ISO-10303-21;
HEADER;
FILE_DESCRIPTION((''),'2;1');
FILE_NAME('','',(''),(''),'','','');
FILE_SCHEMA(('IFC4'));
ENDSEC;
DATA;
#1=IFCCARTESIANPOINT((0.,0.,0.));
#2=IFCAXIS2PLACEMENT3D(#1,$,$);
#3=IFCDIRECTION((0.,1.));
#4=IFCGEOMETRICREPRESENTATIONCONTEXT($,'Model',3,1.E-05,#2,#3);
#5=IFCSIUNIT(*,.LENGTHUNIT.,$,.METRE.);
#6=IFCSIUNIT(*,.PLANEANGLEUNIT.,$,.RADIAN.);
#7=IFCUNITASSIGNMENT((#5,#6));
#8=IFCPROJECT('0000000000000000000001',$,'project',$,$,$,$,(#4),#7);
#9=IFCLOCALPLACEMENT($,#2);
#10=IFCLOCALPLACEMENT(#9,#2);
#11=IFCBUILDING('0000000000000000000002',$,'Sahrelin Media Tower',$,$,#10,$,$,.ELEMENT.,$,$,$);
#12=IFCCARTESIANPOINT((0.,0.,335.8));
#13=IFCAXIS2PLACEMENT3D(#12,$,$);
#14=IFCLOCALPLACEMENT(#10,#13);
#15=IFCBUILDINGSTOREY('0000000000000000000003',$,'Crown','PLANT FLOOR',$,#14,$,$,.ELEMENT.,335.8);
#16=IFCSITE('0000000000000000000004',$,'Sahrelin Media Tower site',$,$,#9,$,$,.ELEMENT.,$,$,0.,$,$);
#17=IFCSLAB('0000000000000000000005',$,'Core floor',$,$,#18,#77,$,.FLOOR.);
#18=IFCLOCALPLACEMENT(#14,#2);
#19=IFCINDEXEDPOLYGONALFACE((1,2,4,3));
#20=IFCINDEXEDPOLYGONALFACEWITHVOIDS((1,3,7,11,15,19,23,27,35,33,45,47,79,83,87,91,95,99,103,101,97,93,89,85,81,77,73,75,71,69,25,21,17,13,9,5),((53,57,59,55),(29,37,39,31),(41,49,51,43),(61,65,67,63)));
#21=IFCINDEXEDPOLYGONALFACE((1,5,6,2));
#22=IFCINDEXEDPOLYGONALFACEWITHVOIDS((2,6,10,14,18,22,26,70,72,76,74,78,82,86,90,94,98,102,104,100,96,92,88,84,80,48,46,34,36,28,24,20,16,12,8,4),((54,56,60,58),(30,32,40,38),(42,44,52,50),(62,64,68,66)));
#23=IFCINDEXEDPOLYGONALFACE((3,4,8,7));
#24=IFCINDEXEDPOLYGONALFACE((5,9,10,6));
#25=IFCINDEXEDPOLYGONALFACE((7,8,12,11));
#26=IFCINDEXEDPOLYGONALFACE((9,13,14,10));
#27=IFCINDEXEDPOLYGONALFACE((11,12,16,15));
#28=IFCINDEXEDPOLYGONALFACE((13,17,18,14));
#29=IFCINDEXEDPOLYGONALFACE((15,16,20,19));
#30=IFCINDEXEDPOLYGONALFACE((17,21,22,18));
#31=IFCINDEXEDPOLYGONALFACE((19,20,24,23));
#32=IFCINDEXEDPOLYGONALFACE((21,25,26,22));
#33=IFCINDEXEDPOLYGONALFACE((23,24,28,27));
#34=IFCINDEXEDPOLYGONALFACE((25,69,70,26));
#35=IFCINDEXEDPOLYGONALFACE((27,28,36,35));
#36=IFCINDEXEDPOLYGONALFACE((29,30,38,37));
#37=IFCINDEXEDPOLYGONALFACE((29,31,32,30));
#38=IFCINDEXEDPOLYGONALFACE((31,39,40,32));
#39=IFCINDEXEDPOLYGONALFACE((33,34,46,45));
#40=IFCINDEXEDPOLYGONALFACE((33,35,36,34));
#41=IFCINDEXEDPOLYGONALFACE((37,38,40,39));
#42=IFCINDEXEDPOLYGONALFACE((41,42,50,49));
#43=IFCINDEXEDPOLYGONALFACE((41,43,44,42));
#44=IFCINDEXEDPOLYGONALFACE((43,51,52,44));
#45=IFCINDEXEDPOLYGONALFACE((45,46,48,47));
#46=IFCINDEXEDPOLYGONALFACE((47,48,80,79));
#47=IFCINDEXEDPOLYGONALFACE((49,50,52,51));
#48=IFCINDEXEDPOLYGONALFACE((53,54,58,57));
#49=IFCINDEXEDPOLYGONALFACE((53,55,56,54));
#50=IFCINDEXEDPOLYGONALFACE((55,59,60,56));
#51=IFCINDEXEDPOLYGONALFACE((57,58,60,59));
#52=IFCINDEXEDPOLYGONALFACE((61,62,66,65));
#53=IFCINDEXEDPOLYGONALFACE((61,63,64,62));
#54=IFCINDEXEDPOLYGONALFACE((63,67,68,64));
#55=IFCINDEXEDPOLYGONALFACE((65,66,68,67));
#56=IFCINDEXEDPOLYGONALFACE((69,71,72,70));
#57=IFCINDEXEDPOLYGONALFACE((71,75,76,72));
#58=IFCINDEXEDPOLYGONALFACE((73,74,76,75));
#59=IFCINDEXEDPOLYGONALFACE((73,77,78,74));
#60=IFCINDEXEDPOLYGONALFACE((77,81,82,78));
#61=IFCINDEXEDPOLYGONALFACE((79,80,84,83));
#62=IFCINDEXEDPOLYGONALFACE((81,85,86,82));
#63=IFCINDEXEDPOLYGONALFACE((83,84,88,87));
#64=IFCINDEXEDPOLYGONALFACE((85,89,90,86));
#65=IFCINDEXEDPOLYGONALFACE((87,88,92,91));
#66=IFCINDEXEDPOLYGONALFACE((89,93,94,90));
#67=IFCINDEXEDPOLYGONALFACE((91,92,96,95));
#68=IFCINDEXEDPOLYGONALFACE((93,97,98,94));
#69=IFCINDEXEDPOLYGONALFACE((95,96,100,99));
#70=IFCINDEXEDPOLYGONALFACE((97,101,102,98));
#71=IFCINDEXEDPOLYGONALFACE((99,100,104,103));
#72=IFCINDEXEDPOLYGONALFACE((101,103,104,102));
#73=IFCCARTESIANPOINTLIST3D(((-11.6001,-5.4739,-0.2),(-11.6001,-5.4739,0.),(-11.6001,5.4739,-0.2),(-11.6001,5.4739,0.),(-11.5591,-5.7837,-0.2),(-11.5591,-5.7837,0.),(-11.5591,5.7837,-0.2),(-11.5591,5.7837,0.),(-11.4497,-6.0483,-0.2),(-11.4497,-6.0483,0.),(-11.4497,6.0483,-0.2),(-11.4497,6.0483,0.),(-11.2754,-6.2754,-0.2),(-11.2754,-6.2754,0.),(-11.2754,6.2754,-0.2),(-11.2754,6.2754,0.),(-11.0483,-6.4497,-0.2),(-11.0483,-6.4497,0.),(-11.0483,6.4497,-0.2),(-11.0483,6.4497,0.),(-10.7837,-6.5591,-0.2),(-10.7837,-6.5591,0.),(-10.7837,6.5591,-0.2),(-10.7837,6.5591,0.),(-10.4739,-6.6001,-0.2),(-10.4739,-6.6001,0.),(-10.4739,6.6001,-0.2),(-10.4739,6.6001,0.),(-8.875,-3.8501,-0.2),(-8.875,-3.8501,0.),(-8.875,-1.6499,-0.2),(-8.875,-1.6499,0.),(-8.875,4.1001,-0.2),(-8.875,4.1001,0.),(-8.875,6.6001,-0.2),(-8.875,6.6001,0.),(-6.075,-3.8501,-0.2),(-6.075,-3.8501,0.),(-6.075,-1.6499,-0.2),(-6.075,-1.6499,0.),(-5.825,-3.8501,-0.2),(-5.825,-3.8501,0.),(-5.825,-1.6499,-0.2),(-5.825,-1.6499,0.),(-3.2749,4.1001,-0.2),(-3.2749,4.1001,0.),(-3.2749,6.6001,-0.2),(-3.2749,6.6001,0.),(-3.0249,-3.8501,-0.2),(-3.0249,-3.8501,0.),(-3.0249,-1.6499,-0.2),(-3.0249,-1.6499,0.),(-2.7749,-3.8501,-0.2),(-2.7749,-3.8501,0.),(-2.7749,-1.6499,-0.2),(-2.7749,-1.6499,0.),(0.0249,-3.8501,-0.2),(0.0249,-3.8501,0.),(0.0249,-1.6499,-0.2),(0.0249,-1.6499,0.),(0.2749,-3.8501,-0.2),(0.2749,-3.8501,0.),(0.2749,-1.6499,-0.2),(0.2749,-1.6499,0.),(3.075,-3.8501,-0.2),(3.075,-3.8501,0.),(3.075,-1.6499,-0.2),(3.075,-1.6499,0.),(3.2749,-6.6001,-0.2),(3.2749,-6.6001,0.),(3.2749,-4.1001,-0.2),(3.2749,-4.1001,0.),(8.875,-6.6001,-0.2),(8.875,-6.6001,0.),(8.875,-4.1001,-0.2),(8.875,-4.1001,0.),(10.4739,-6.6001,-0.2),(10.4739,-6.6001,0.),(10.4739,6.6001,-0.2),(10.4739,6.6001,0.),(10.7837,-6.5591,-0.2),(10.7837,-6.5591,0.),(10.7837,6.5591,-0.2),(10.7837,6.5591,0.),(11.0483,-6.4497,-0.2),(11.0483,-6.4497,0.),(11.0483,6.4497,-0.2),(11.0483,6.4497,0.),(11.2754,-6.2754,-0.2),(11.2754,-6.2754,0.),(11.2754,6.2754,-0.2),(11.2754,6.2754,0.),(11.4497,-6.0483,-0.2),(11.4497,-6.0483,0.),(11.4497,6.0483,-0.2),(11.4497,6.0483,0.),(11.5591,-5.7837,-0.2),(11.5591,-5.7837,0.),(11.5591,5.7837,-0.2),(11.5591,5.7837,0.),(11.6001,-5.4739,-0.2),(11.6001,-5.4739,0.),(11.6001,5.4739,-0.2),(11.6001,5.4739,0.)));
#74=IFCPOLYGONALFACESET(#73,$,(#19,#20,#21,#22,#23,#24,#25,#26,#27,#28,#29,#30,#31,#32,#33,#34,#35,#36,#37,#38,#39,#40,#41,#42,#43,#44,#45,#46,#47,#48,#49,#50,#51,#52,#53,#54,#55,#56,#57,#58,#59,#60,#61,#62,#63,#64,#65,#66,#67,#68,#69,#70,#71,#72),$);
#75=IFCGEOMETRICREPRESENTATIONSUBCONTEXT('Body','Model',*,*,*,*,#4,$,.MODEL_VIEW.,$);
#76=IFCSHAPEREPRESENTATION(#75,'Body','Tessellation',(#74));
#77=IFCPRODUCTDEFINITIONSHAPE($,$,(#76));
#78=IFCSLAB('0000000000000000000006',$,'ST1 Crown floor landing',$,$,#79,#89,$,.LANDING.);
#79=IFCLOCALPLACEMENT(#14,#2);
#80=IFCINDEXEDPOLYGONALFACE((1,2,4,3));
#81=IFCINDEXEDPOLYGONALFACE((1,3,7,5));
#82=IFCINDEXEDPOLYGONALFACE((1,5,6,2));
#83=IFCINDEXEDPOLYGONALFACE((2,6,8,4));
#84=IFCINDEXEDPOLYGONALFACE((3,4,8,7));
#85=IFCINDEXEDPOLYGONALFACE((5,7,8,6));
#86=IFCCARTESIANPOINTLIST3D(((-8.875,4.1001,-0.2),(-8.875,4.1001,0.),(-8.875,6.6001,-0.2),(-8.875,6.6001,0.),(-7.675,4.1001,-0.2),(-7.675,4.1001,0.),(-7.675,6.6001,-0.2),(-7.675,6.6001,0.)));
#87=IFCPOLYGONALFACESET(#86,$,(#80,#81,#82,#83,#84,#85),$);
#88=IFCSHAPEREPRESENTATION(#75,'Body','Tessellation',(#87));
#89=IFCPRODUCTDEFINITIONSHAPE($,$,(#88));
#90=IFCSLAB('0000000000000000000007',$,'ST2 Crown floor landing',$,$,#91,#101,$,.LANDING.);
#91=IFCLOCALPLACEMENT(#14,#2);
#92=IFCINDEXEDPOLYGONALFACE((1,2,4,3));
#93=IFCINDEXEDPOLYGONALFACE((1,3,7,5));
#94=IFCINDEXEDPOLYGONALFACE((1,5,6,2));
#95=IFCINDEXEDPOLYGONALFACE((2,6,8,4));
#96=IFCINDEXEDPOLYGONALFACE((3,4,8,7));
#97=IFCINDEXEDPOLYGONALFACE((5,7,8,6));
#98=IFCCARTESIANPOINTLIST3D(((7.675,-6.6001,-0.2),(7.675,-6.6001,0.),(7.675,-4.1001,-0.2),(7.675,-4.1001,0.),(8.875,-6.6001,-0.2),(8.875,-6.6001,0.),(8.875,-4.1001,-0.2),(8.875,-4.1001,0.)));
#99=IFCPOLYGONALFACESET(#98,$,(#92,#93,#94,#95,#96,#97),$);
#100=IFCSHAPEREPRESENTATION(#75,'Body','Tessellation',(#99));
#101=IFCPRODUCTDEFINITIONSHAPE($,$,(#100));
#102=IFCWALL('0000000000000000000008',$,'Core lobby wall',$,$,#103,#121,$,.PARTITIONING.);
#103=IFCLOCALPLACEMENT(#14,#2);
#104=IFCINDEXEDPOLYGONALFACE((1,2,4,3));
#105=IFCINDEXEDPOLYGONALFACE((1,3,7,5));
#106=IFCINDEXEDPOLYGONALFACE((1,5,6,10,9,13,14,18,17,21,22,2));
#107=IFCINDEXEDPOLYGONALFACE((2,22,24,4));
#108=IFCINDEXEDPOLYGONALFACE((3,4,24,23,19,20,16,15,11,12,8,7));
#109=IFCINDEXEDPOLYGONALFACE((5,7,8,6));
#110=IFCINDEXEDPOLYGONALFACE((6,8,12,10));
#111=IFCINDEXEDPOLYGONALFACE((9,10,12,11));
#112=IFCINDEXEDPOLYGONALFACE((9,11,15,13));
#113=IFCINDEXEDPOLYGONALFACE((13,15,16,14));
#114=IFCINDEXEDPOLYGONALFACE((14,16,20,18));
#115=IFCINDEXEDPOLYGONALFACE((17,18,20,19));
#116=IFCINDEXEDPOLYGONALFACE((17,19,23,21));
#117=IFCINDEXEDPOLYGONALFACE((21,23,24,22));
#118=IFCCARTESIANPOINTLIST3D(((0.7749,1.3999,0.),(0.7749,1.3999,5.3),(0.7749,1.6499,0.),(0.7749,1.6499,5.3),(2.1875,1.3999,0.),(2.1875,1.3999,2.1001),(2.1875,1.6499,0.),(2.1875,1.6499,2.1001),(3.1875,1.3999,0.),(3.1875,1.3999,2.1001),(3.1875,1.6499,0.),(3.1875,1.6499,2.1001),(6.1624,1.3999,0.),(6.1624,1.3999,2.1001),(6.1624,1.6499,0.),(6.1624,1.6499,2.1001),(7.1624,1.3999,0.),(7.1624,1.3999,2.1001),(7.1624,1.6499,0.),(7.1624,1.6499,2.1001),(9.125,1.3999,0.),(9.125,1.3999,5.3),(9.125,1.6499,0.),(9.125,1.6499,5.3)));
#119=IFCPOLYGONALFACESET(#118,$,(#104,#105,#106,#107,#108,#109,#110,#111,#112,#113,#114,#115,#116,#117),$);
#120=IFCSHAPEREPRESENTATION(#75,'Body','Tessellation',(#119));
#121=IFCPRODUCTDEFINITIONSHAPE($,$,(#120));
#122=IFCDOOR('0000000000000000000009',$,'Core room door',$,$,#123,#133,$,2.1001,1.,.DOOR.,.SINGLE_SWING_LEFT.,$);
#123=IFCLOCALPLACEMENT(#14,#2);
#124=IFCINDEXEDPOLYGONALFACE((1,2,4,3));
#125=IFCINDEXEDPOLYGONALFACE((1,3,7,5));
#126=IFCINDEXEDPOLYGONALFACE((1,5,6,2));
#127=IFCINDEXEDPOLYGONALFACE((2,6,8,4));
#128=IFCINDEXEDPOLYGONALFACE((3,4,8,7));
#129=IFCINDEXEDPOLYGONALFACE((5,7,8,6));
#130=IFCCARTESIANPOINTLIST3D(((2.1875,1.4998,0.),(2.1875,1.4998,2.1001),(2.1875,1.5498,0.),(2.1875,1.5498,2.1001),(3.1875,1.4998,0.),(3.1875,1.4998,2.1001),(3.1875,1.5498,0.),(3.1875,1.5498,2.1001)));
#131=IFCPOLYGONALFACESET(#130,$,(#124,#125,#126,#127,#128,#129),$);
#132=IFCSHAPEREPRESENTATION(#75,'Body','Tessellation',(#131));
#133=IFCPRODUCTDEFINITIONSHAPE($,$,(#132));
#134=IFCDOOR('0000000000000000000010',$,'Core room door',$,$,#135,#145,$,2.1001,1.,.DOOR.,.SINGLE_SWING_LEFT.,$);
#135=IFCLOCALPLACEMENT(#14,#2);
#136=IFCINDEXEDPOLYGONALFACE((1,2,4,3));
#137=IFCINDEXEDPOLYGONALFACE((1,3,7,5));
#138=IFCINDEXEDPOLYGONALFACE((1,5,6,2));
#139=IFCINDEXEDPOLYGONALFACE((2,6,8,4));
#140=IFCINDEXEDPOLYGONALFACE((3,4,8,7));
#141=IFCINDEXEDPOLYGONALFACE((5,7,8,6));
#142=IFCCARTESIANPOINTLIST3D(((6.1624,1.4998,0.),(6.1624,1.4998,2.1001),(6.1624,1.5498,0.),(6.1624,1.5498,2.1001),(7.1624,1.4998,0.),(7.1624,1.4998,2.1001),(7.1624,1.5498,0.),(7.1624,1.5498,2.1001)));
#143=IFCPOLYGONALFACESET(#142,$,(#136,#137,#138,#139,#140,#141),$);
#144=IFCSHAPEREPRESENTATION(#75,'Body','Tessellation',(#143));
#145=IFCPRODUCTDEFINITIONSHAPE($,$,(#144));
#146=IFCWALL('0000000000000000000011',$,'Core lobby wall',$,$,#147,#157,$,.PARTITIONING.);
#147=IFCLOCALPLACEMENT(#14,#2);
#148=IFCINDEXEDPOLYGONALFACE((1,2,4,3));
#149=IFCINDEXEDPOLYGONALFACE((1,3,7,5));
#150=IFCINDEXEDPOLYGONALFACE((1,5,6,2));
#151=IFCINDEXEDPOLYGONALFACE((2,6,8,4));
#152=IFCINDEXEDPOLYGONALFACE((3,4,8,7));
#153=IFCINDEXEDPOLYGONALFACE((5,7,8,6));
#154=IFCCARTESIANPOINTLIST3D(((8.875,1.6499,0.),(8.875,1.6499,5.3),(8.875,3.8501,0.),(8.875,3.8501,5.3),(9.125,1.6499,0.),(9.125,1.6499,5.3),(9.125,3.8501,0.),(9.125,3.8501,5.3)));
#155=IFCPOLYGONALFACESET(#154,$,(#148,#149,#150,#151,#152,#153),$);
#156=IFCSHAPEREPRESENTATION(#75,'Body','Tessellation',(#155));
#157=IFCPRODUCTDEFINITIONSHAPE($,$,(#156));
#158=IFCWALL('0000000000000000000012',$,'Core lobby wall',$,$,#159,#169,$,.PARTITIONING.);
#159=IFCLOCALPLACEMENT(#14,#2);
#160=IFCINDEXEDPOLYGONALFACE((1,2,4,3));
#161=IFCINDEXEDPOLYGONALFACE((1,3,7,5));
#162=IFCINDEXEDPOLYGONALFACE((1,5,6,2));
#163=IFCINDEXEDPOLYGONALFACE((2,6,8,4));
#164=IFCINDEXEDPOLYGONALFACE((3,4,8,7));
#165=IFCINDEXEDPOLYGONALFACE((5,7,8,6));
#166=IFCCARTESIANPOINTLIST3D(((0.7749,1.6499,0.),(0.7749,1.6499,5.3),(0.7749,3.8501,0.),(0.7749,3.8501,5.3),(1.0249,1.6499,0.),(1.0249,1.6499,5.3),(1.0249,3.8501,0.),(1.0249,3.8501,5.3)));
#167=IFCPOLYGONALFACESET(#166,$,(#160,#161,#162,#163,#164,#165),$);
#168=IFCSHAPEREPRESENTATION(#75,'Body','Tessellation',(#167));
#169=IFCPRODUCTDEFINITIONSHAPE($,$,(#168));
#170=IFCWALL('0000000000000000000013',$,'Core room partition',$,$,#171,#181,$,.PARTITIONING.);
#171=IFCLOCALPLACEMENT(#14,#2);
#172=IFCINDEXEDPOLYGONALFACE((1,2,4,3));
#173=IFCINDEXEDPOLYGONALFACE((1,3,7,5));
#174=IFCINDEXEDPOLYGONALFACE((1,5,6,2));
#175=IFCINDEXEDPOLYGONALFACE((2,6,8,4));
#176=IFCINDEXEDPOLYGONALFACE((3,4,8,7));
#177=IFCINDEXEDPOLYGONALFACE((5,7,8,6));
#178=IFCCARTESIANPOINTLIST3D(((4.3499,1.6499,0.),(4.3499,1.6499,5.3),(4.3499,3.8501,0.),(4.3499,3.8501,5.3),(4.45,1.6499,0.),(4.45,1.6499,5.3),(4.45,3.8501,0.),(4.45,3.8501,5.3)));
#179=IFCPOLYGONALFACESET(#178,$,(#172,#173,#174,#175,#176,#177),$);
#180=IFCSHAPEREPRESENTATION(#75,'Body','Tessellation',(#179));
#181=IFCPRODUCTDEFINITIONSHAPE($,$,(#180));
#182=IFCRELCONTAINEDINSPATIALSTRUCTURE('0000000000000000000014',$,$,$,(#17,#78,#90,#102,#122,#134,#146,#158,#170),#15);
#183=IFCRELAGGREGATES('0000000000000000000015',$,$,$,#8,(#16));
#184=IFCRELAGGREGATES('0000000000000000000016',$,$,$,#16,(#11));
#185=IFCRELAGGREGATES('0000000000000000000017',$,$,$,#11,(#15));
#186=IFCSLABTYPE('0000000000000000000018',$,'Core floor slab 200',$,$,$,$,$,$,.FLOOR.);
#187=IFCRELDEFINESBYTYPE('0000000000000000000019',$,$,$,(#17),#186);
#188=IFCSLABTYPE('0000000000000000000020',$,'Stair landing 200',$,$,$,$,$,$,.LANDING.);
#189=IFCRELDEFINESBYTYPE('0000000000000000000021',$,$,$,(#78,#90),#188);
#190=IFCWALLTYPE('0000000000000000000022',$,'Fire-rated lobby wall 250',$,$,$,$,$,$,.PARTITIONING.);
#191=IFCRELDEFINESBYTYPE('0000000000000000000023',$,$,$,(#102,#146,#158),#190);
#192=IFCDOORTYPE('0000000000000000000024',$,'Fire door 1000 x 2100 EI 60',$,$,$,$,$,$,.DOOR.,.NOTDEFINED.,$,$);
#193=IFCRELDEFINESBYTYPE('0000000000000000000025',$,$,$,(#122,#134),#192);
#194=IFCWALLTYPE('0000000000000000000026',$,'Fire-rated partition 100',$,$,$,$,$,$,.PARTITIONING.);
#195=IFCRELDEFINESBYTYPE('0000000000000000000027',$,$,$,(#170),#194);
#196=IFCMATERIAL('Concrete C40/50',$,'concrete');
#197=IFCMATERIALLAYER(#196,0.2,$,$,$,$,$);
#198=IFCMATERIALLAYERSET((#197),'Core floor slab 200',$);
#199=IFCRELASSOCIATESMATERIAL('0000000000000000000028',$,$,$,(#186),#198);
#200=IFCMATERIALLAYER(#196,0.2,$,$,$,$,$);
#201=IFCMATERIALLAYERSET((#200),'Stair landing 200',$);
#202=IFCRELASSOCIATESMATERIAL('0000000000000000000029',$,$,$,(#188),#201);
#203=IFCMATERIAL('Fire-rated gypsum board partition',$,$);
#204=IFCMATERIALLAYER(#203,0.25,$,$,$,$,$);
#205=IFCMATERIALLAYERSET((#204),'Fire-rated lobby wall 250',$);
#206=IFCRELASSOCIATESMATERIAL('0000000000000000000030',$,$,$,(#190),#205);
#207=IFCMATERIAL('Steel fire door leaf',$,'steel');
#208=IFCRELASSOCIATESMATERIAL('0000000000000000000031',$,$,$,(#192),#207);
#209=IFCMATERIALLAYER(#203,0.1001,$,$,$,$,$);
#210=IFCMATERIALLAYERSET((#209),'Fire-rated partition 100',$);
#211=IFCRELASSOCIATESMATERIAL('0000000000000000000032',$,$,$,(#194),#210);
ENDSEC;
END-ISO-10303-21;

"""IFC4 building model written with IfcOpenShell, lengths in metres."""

from ifc_helpers import new_model, si_unit, direction, frame, frame_2d, origin, place, context, subcontext, project, spatial, polyline, rectangle, outline, extrude, material, layer, layer_set, type_object, element, fill, save


model = new_model("IFC4")

# Units and contexts
model_context = context("Model", 3, precision=1e-05, world=origin(), true_north=direction((0.0, 1.0)))
body_context = subcontext(model_context, "Body", "Model", "MODEL_VIEW")
ifc_project = project(units=[si_unit("LENGTHUNIT", "METRE"), si_unit("PLANEANGLEUNIT", "RADIAN")], contexts=[model_context])

# Site, building, storey
site_placement = place(None, origin())
site = spatial("IfcSite", under=ifc_project, at=site_placement, Name="Sahrelin Media Tower site", CompositionType="ELEMENT", RefElevation=0.0)
building_placement = place(site_placement, origin())
building = spatial("IfcBuilding", under=site, at=building_placement, Name="Sahrelin Media Tower", CompositionType="ELEMENT")
storey_placement = place(building_placement, frame((0.0, 0.0, 335.8)))
storey = spatial("IfcBuildingStorey", under=building, at=storey_placement, Name="Crown", Description="PLANT FLOOR", CompositionType="ELEMENT", Elevation=335.8)

# Slabs
ifc_material_1 = material(Name="Concrete C40/50", Category="concrete")
ifc_layer_1 = layer(ifc_material_1, 0.2)
ifc_layer_set_1 = layer_set([ifc_layer_1], Name="Core floor slab 200")
slab_type_1 = type_object("IfcSlabType", Name="Core floor slab 200", PredefinedType="FLOOR", material=ifc_layer_set_1)
placement = place(storey_placement, frame((0.0, 0.0, -0.2)))
element("IfcSlab", 1, at=placement, inside=storey, type_object=slab_type_1, Name="Core floor", PredefinedType="FLOOR", context=body_context, shape_type="SweptSolid", body=[
    extrude(outline(polyline([(10.7837, -6.5591), (11.0483, -6.4497), (11.2754, -6.2754), (11.4497, -6.0483), (11.5591, -5.7837), (11.6001, -5.4739), (11.6001, 5.4739), (11.5591, 5.7837), (11.4497, 6.0483), (11.2754, 6.2754), (11.0483, 6.4497), (10.7837, 6.5591), (10.4739, 6.6001), (-3.2749, 6.6001), (-3.2749, 4.1001), (-8.875, 4.1001), (-8.875, 6.6001), (-10.4739, 6.6001), (-10.7837, 6.5591), (-11.0483, 6.4497), (-11.2754, 6.2754), (-11.4497, 6.0483), (-11.5591, 5.7837), (-11.6001, 5.4739), (-11.6001, -5.4739), (-11.5591, -5.7837), (-11.4497, -6.0483), (-11.2754, -6.2754), (-11.0483, -6.4497), (-10.7837, -6.5591), (-10.4739, -6.6001), (3.2749, -6.6001), (3.2749, -4.1001), (8.875, -4.1001), (8.875, -6.6001), (10.4739, -6.6001), (10.7837, -6.5591)]), holes=[polyline([(-8.875, -1.6499), (-8.875, -3.8501), (-6.075, -3.8501), (-6.075, -1.6499), (-8.875, -1.6499)]), polyline([(-3.0249, -1.6499), (-5.825, -1.6499), (-5.825, -3.8501), (-3.0249, -3.8501), (-3.0249, -1.6499)]), polyline([(0.0249, -3.8501), (0.0249, -1.6499), (-2.7749, -1.6499), (-2.7749, -3.8501), (0.0249, -3.8501)]), polyline([(0.2749, -3.8501), (3.075, -3.8501), (3.075, -1.6499), (0.2749, -1.6499), (0.2749, -3.8501)])]), origin(), (0.0, 0.0, 1.0), 0.2),
])
ifc_layer_2 = layer(ifc_material_1, 0.2)
ifc_layer_set_2 = layer_set([ifc_layer_2], Name="Stair landing 200")
slab_type_2 = type_object("IfcSlabType", Name="Stair landing 200", PredefinedType="LANDING", material=ifc_layer_set_2)
element("IfcSlab", 2, at=placement, inside=storey, type_object=slab_type_2, Name="ST1 Crown floor landing", PredefinedType="LANDING", context=body_context, shape_type="SweptSolid", body=[
    extrude(outline(polyline([(-8.875, 4.1001), (-7.675, 4.1001), (-7.675, 6.6001), (-8.875, 6.6001), (-8.875, 4.1001)])), origin(), (0.0, 0.0, 1.0), 0.2),
])
element("IfcSlab", 3, at=placement, inside=storey, type_object=slab_type_2, Name="ST2 Crown floor landing", PredefinedType="LANDING", context=body_context, shape_type="SweptSolid", body=[
    extrude(outline(polyline([(8.875, -4.1001), (7.675, -4.1001), (7.675, -6.6001), (8.875, -6.6001), (8.875, -4.1001)])), origin(), (0.0, 0.0, 1.0), 0.2),
])

# Wall, openings, doors
ifc_material_2 = material(Name="Fire-rated gypsum board partition")
ifc_layer_3 = layer(ifc_material_2, 0.25)
ifc_layer_set_3 = layer_set([ifc_layer_3], Name="Fire-rated lobby wall 250")
wall_type_1 = type_object("IfcWallType", Name="Fire-rated lobby wall 250", PredefinedType="PARTITIONING", material=ifc_layer_set_3)
wall_1_placement = place(storey_placement, frame((0.7749, 1.5249, 0.0), z_axis=(0.0, 0.0, 1.0), x_axis=(1.0, 0.0, 0.0)))
wall_1 = element("IfcWall", 4, at=wall_1_placement, inside=storey, type_object=wall_type_1, Name="Core lobby wall", PredefinedType="PARTITIONING", context=body_context, shape_type="SweptSolid", body=[
    extrude(rectangle(XDim=8.3501, YDim=0.25, at=frame_2d((4.175, 0.0))), origin(), (0.0, 0.0, 1.0), 5.3),
])
opening_1_placement = place(wall_1_placement, frame((1.4126, 0.0, 0.0)))
opening_1 = element("IfcOpeningElement", 5, at=opening_1_placement, cuts=wall_1, PredefinedType="OPENING", context=body_context, shape_type="SweptSolid", body=[
    extrude(rectangle(XDim=1.0, YDim=2.1001, at=frame_2d((0.5, 1.05))), frame((0.0, 0.125, 0.0), z_axis=(0.0, -1.0, 0.0), x_axis=(1.0, 0.0, 0.0)), (0.0, 0.0, 1.0), 0.25),
])
opening_2_placement = place(wall_1_placement, frame((5.3875, 0.0, 0.0)))
opening_2 = element("IfcOpeningElement", 6, at=opening_2_placement, cuts=wall_1, PredefinedType="OPENING", context=body_context, shape_type="SweptSolid", body=[
    extrude(rectangle(XDim=1.0, YDim=2.1001, at=frame_2d((0.5, 1.05))), frame((0.0, 0.125, 0.0), z_axis=(0.0, -1.0, 0.0), x_axis=(1.0, 0.0, 0.0)), (0.0, 0.0, 1.0), 0.25),
])
ifc_material_3 = material(Name="Steel fire door leaf", Category="steel")
door_type_1 = type_object("IfcDoorType", Name="Fire door 1000 x 2100 EI 60", OperationType="NOTDEFINED", PredefinedType="DOOR", material=ifc_material_3)
door_1_placement = place(opening_1_placement, origin())
door_1 = element("IfcDoor", 7, at=door_1_placement, inside=storey, type_object=door_type_1, Name="Core room door", OperationType="SINGLE_SWING_LEFT", OverallHeight=2.1001, OverallWidth=1.0, PredefinedType="DOOR", context=body_context, shape_type="SweptSolid", body=[
    extrude(rectangle(XDim=1.0, YDim=2.1001, at=frame_2d((0.5, 1.05))), frame((0.0, 0.0249, 0.0), z_axis=(0.0, -1.0, 0.0), x_axis=(1.0, 0.0, 0.0)), (0.0, 0.0, 1.0), 0.05),
])
fill(opening_1, door_1)
door_2_placement = place(opening_2_placement, origin())
door_2 = element("IfcDoor", 8, at=door_2_placement, inside=storey, type_object=door_type_1, Name="Core room door", OperationType="SINGLE_SWING_LEFT", OverallHeight=2.1001, OverallWidth=1.0, PredefinedType="DOOR", context=body_context, shape_type="SweptSolid", body=[
    extrude(rectangle(XDim=1.0, YDim=2.1001, at=frame_2d((0.5, 1.05))), frame((0.0, 0.0249, 0.0), z_axis=(0.0, -1.0, 0.0), x_axis=(1.0, 0.0, 0.0)), (0.0, 0.0, 1.0), 0.05),
])
fill(opening_2, door_2)

# Walls
for number, where, z_axis, x_axis, name in (
    (9, (9.0, 1.6499, 0.0), (0.0, 0.0, 1.0), (0.0, 1.0, 0.0), "Core lobby wall"),
    (10, (0.8999, 1.6499, 0.0), (0.0, 0.0, 1.0), (0.0, 1.0, 0.0), "Core lobby wall"),
):
    element("IfcWall", number, at=place(storey_placement, frame(where, z_axis=z_axis, x_axis=x_axis)), inside=storey, type_object=wall_type_1, Name=name, PredefinedType="PARTITIONING", context=body_context, shape_type="SweptSolid", body=[
        extrude(rectangle(XDim=2.2002, YDim=0.25, at=frame_2d((1.1001, 0.0))), origin(), (0.0, 0.0, 1.0), 5.3),
    ])
ifc_layer_4 = layer(ifc_material_2, 0.1001)
ifc_layer_set_4 = layer_set([ifc_layer_4], Name="Fire-rated partition 100")
wall_type_2 = type_object("IfcWallType", Name="Fire-rated partition 100", PredefinedType="PARTITIONING", material=ifc_layer_set_4)
wall_2_placement = place(storey_placement, frame((4.3999, 1.6499, 0.0), z_axis=(0.0, 0.0, 1.0), x_axis=(0.0, 1.0, 0.0)))
element("IfcWall", 11, at=wall_2_placement, inside=storey, type_object=wall_type_2, Name="Core room partition", PredefinedType="PARTITIONING", context=body_context, shape_type="SweptSolid", body=[
    extrude(rectangle(XDim=2.2002, YDim=0.1001, at=frame_2d((1.1001, 0.0))), origin(), (0.0, 0.0, 1.0), 5.3),
])

save(model, "model.ifc")
